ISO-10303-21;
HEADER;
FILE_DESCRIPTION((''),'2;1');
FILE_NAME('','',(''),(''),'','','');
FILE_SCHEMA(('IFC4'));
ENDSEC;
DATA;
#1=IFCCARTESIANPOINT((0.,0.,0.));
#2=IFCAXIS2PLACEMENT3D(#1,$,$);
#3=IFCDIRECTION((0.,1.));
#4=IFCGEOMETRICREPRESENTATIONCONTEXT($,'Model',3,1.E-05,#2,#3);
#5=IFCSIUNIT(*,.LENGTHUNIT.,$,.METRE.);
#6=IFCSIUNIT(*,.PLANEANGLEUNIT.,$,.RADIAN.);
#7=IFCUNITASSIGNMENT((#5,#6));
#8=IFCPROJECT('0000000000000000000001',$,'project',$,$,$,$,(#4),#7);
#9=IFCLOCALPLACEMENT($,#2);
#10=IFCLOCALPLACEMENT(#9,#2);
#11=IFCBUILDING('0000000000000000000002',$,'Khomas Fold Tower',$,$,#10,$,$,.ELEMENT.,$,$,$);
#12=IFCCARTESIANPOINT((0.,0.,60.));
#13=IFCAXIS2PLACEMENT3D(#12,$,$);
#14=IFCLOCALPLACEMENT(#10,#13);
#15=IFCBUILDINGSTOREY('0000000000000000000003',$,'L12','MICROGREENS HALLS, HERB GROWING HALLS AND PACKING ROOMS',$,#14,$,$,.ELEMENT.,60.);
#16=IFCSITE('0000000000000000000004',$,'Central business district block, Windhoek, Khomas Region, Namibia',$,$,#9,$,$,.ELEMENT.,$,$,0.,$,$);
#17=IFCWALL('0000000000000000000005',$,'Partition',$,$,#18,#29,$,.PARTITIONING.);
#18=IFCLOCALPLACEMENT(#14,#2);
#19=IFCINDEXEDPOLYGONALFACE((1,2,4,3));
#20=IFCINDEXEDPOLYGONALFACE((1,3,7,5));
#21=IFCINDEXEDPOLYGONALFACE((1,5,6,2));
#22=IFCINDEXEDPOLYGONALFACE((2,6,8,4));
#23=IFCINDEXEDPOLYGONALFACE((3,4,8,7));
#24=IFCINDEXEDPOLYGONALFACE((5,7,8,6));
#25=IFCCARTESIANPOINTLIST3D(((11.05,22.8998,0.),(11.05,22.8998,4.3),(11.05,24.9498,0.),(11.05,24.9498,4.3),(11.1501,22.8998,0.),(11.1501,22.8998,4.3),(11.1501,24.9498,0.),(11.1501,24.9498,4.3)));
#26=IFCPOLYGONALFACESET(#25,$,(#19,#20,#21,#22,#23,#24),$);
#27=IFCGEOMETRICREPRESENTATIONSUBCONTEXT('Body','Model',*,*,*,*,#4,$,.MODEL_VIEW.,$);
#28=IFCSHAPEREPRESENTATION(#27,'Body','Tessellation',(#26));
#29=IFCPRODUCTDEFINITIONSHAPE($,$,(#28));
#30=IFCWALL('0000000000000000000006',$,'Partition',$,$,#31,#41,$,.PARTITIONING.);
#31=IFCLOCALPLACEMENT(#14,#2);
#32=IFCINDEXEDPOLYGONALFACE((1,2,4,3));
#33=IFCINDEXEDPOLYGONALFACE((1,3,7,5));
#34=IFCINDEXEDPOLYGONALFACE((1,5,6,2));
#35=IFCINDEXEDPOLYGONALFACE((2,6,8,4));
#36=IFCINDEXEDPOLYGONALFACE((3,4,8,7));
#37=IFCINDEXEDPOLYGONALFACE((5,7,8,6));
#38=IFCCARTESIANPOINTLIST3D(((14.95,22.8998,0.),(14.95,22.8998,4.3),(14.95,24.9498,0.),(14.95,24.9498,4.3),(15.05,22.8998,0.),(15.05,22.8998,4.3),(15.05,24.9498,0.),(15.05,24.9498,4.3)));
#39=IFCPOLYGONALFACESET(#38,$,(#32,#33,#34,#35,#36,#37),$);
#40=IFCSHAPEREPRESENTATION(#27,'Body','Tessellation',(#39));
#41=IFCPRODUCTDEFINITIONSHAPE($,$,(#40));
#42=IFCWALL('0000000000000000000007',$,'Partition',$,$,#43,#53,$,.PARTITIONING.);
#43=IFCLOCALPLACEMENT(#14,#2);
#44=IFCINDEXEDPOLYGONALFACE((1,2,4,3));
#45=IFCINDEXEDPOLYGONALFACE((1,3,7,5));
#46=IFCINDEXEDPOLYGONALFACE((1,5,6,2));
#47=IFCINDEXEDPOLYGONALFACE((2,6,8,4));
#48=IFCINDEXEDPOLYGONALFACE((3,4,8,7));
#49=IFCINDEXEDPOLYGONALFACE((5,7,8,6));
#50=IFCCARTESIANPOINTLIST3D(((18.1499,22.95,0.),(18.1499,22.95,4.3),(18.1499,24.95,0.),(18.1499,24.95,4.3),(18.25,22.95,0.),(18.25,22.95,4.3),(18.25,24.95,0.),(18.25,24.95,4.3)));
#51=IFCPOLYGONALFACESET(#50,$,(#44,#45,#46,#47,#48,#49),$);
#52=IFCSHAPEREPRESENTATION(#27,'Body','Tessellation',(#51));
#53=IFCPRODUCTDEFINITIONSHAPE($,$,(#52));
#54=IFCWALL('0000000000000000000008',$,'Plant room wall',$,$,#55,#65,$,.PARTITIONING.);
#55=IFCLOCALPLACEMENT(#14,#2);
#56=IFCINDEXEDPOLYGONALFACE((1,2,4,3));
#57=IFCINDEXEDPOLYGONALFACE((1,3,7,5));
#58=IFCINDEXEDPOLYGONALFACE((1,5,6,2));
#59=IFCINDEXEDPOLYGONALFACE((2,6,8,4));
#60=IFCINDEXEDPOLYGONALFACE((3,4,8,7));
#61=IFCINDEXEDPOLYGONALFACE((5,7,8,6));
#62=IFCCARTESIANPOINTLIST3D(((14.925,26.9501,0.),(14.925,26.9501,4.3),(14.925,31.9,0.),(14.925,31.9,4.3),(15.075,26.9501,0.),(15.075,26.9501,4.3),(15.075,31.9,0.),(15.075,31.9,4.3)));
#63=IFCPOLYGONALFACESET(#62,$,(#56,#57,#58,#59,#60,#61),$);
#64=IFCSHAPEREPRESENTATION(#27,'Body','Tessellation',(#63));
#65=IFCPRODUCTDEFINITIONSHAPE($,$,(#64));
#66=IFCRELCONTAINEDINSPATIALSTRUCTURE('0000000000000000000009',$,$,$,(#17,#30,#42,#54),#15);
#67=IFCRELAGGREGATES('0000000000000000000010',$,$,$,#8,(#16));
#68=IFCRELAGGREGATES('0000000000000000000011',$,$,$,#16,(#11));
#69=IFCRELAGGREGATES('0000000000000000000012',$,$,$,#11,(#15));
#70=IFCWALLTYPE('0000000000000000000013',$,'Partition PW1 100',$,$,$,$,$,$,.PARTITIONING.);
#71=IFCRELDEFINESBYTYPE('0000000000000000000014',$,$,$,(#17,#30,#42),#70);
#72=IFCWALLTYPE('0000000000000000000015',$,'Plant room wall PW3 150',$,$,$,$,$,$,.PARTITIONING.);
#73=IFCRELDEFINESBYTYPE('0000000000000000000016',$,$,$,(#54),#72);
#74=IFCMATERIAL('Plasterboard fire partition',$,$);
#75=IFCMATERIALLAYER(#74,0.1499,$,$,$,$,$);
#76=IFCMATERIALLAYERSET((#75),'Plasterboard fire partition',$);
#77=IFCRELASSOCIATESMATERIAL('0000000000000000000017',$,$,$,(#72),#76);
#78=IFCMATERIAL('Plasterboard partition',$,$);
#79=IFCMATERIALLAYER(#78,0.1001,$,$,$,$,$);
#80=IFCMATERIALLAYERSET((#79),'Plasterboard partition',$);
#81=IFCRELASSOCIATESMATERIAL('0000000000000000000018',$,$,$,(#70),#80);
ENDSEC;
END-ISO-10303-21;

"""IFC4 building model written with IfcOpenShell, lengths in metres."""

from ifc_helpers import new_model, si_unit, direction, frame, frame_2d, origin, place, context, subcontext, project, spatial, rectangle, extrude, source, transform, mapped, material, layer, layer_set, type_object, element, save


model = new_model("IFC4")

# Units and contexts
model_context = context("Model", 3, precision=1e-05, world=origin(), true_north=direction((0.0, 1.0)))
body_context = subcontext(model_context, "Body", "Model", "MODEL_VIEW")
ifc_project = project(units=[si_unit("LENGTHUNIT", "METRE"), si_unit("PLANEANGLEUNIT", "RADIAN")], contexts=[model_context])

# Site, building, storey
site_placement = place(None, origin())
site = spatial("IfcSite", under=ifc_project, at=site_placement, Name="Central business district block, Windhoek, Khomas Region, Namibia", CompositionType="ELEMENT", RefElevation=0.0)
building_placement = place(site_placement, origin())
building = spatial("IfcBuilding", under=site, at=building_placement, Name="Khomas Fold Tower", CompositionType="ELEMENT")
storey_placement = place(building_placement, frame((0.0, 0.0, 60.0)))
storey = spatial("IfcBuildingStorey", under=building, at=storey_placement, Name="L12", Description="MICROGREENS HALLS, HERB GROWING HALLS AND PACKING ROOMS", CompositionType="ELEMENT", Elevation=60.0)

# Shared definitions
ifc_material_1 = material(Name="Plasterboard fire partition")
ifc_layer_1 = layer(ifc_material_1, 0.1499)
ifc_layer_set_1 = layer_set([ifc_layer_1], Name="Plasterboard fire partition")
wall_type_1 = type_object("IfcWallType", Name="Plant room wall PW3 150", PredefinedType="PARTITIONING", material=ifc_layer_set_1)

# Shared definitions
ifc_material_2 = material(Name="Plasterboard partition")
ifc_layer_2 = layer(ifc_material_2, 0.1001)
ifc_layer_set_2 = layer_set([ifc_layer_2], Name="Plasterboard partition")
wall_type_2 = type_object("IfcWallType", Name="Partition PW1 100", PredefinedType="PARTITIONING", material=ifc_layer_set_2)

# Walls
shared_shape_1 = source(origin(), body_context, "Body", "SweptSolid", [
    extrude(rectangle(XDim=2.05, YDim=0.1001, at=frame_2d((1.0249, 0.0))), origin(), (0.0, 0.0, 1.0), 4.3),
])
for number, where, z_axis, x_axis, name in (
    (1, (11.1001, 22.8999, 0.0), (0.0, 0.0, 1.0), (0.0, 1.0, 0.0), "Partition"),
    (2, (15.0, 22.8999, 0.0), (0.0, 0.0, 1.0), (0.0, 1.0, 0.0), "Partition"),
):
    element("IfcWall", number, at=place(storey_placement, frame(where, z_axis=z_axis, x_axis=x_axis)), inside=storey, type_object=wall_type_2, Name=name, PredefinedType="PARTITIONING", context=body_context, shape_type="MappedRepresentation", body=[
        mapped(shared_shape_1, transform((0.0, 0.0, 0.0))),
    ])
shared_shape_2 = source(origin(), body_context, "Body", "SweptSolid", [
    extrude(rectangle(XDim=2.0, YDim=0.1001, at=frame_2d((1.0, 0.0))), origin(), (0.0, 0.0, 1.0), 4.3),
])
wall_1_placement = place(storey_placement, frame((18.2, 22.95, 0.0), z_axis=(0.0, 0.0, 1.0), x_axis=(0.0, 1.0, 0.0)))
element("IfcWall", 3, at=wall_1_placement, inside=storey, type_object=wall_type_2, Name="Partition", PredefinedType="PARTITIONING", context=body_context, shape_type="MappedRepresentation", body=[
    mapped(shared_shape_2, transform((0.0, 0.0, 0.0))),
])
shared_shape_3 = source(origin(), body_context, "Body", "SweptSolid", [
    extrude(rectangle(XDim=4.95, YDim=0.1499, at=frame_2d((2.4751, 0.0))), origin(), (0.0, 0.0, 1.0), 4.3),
])
wall_2_placement = place(storey_placement, frame((15.0, 26.95, 0.0), z_axis=(0.0, 0.0, 1.0), x_axis=(0.0, 1.0, 0.0)))
element("IfcWall", 4, at=wall_2_placement, inside=storey, type_object=wall_type_1, Name="Plant room wall", PredefinedType="PARTITIONING", context=body_context, shape_type="MappedRepresentation", body=[
    mapped(shared_shape_3, transform((0.0, 0.0, 0.0))),
])

save(model, "model.ifc")
